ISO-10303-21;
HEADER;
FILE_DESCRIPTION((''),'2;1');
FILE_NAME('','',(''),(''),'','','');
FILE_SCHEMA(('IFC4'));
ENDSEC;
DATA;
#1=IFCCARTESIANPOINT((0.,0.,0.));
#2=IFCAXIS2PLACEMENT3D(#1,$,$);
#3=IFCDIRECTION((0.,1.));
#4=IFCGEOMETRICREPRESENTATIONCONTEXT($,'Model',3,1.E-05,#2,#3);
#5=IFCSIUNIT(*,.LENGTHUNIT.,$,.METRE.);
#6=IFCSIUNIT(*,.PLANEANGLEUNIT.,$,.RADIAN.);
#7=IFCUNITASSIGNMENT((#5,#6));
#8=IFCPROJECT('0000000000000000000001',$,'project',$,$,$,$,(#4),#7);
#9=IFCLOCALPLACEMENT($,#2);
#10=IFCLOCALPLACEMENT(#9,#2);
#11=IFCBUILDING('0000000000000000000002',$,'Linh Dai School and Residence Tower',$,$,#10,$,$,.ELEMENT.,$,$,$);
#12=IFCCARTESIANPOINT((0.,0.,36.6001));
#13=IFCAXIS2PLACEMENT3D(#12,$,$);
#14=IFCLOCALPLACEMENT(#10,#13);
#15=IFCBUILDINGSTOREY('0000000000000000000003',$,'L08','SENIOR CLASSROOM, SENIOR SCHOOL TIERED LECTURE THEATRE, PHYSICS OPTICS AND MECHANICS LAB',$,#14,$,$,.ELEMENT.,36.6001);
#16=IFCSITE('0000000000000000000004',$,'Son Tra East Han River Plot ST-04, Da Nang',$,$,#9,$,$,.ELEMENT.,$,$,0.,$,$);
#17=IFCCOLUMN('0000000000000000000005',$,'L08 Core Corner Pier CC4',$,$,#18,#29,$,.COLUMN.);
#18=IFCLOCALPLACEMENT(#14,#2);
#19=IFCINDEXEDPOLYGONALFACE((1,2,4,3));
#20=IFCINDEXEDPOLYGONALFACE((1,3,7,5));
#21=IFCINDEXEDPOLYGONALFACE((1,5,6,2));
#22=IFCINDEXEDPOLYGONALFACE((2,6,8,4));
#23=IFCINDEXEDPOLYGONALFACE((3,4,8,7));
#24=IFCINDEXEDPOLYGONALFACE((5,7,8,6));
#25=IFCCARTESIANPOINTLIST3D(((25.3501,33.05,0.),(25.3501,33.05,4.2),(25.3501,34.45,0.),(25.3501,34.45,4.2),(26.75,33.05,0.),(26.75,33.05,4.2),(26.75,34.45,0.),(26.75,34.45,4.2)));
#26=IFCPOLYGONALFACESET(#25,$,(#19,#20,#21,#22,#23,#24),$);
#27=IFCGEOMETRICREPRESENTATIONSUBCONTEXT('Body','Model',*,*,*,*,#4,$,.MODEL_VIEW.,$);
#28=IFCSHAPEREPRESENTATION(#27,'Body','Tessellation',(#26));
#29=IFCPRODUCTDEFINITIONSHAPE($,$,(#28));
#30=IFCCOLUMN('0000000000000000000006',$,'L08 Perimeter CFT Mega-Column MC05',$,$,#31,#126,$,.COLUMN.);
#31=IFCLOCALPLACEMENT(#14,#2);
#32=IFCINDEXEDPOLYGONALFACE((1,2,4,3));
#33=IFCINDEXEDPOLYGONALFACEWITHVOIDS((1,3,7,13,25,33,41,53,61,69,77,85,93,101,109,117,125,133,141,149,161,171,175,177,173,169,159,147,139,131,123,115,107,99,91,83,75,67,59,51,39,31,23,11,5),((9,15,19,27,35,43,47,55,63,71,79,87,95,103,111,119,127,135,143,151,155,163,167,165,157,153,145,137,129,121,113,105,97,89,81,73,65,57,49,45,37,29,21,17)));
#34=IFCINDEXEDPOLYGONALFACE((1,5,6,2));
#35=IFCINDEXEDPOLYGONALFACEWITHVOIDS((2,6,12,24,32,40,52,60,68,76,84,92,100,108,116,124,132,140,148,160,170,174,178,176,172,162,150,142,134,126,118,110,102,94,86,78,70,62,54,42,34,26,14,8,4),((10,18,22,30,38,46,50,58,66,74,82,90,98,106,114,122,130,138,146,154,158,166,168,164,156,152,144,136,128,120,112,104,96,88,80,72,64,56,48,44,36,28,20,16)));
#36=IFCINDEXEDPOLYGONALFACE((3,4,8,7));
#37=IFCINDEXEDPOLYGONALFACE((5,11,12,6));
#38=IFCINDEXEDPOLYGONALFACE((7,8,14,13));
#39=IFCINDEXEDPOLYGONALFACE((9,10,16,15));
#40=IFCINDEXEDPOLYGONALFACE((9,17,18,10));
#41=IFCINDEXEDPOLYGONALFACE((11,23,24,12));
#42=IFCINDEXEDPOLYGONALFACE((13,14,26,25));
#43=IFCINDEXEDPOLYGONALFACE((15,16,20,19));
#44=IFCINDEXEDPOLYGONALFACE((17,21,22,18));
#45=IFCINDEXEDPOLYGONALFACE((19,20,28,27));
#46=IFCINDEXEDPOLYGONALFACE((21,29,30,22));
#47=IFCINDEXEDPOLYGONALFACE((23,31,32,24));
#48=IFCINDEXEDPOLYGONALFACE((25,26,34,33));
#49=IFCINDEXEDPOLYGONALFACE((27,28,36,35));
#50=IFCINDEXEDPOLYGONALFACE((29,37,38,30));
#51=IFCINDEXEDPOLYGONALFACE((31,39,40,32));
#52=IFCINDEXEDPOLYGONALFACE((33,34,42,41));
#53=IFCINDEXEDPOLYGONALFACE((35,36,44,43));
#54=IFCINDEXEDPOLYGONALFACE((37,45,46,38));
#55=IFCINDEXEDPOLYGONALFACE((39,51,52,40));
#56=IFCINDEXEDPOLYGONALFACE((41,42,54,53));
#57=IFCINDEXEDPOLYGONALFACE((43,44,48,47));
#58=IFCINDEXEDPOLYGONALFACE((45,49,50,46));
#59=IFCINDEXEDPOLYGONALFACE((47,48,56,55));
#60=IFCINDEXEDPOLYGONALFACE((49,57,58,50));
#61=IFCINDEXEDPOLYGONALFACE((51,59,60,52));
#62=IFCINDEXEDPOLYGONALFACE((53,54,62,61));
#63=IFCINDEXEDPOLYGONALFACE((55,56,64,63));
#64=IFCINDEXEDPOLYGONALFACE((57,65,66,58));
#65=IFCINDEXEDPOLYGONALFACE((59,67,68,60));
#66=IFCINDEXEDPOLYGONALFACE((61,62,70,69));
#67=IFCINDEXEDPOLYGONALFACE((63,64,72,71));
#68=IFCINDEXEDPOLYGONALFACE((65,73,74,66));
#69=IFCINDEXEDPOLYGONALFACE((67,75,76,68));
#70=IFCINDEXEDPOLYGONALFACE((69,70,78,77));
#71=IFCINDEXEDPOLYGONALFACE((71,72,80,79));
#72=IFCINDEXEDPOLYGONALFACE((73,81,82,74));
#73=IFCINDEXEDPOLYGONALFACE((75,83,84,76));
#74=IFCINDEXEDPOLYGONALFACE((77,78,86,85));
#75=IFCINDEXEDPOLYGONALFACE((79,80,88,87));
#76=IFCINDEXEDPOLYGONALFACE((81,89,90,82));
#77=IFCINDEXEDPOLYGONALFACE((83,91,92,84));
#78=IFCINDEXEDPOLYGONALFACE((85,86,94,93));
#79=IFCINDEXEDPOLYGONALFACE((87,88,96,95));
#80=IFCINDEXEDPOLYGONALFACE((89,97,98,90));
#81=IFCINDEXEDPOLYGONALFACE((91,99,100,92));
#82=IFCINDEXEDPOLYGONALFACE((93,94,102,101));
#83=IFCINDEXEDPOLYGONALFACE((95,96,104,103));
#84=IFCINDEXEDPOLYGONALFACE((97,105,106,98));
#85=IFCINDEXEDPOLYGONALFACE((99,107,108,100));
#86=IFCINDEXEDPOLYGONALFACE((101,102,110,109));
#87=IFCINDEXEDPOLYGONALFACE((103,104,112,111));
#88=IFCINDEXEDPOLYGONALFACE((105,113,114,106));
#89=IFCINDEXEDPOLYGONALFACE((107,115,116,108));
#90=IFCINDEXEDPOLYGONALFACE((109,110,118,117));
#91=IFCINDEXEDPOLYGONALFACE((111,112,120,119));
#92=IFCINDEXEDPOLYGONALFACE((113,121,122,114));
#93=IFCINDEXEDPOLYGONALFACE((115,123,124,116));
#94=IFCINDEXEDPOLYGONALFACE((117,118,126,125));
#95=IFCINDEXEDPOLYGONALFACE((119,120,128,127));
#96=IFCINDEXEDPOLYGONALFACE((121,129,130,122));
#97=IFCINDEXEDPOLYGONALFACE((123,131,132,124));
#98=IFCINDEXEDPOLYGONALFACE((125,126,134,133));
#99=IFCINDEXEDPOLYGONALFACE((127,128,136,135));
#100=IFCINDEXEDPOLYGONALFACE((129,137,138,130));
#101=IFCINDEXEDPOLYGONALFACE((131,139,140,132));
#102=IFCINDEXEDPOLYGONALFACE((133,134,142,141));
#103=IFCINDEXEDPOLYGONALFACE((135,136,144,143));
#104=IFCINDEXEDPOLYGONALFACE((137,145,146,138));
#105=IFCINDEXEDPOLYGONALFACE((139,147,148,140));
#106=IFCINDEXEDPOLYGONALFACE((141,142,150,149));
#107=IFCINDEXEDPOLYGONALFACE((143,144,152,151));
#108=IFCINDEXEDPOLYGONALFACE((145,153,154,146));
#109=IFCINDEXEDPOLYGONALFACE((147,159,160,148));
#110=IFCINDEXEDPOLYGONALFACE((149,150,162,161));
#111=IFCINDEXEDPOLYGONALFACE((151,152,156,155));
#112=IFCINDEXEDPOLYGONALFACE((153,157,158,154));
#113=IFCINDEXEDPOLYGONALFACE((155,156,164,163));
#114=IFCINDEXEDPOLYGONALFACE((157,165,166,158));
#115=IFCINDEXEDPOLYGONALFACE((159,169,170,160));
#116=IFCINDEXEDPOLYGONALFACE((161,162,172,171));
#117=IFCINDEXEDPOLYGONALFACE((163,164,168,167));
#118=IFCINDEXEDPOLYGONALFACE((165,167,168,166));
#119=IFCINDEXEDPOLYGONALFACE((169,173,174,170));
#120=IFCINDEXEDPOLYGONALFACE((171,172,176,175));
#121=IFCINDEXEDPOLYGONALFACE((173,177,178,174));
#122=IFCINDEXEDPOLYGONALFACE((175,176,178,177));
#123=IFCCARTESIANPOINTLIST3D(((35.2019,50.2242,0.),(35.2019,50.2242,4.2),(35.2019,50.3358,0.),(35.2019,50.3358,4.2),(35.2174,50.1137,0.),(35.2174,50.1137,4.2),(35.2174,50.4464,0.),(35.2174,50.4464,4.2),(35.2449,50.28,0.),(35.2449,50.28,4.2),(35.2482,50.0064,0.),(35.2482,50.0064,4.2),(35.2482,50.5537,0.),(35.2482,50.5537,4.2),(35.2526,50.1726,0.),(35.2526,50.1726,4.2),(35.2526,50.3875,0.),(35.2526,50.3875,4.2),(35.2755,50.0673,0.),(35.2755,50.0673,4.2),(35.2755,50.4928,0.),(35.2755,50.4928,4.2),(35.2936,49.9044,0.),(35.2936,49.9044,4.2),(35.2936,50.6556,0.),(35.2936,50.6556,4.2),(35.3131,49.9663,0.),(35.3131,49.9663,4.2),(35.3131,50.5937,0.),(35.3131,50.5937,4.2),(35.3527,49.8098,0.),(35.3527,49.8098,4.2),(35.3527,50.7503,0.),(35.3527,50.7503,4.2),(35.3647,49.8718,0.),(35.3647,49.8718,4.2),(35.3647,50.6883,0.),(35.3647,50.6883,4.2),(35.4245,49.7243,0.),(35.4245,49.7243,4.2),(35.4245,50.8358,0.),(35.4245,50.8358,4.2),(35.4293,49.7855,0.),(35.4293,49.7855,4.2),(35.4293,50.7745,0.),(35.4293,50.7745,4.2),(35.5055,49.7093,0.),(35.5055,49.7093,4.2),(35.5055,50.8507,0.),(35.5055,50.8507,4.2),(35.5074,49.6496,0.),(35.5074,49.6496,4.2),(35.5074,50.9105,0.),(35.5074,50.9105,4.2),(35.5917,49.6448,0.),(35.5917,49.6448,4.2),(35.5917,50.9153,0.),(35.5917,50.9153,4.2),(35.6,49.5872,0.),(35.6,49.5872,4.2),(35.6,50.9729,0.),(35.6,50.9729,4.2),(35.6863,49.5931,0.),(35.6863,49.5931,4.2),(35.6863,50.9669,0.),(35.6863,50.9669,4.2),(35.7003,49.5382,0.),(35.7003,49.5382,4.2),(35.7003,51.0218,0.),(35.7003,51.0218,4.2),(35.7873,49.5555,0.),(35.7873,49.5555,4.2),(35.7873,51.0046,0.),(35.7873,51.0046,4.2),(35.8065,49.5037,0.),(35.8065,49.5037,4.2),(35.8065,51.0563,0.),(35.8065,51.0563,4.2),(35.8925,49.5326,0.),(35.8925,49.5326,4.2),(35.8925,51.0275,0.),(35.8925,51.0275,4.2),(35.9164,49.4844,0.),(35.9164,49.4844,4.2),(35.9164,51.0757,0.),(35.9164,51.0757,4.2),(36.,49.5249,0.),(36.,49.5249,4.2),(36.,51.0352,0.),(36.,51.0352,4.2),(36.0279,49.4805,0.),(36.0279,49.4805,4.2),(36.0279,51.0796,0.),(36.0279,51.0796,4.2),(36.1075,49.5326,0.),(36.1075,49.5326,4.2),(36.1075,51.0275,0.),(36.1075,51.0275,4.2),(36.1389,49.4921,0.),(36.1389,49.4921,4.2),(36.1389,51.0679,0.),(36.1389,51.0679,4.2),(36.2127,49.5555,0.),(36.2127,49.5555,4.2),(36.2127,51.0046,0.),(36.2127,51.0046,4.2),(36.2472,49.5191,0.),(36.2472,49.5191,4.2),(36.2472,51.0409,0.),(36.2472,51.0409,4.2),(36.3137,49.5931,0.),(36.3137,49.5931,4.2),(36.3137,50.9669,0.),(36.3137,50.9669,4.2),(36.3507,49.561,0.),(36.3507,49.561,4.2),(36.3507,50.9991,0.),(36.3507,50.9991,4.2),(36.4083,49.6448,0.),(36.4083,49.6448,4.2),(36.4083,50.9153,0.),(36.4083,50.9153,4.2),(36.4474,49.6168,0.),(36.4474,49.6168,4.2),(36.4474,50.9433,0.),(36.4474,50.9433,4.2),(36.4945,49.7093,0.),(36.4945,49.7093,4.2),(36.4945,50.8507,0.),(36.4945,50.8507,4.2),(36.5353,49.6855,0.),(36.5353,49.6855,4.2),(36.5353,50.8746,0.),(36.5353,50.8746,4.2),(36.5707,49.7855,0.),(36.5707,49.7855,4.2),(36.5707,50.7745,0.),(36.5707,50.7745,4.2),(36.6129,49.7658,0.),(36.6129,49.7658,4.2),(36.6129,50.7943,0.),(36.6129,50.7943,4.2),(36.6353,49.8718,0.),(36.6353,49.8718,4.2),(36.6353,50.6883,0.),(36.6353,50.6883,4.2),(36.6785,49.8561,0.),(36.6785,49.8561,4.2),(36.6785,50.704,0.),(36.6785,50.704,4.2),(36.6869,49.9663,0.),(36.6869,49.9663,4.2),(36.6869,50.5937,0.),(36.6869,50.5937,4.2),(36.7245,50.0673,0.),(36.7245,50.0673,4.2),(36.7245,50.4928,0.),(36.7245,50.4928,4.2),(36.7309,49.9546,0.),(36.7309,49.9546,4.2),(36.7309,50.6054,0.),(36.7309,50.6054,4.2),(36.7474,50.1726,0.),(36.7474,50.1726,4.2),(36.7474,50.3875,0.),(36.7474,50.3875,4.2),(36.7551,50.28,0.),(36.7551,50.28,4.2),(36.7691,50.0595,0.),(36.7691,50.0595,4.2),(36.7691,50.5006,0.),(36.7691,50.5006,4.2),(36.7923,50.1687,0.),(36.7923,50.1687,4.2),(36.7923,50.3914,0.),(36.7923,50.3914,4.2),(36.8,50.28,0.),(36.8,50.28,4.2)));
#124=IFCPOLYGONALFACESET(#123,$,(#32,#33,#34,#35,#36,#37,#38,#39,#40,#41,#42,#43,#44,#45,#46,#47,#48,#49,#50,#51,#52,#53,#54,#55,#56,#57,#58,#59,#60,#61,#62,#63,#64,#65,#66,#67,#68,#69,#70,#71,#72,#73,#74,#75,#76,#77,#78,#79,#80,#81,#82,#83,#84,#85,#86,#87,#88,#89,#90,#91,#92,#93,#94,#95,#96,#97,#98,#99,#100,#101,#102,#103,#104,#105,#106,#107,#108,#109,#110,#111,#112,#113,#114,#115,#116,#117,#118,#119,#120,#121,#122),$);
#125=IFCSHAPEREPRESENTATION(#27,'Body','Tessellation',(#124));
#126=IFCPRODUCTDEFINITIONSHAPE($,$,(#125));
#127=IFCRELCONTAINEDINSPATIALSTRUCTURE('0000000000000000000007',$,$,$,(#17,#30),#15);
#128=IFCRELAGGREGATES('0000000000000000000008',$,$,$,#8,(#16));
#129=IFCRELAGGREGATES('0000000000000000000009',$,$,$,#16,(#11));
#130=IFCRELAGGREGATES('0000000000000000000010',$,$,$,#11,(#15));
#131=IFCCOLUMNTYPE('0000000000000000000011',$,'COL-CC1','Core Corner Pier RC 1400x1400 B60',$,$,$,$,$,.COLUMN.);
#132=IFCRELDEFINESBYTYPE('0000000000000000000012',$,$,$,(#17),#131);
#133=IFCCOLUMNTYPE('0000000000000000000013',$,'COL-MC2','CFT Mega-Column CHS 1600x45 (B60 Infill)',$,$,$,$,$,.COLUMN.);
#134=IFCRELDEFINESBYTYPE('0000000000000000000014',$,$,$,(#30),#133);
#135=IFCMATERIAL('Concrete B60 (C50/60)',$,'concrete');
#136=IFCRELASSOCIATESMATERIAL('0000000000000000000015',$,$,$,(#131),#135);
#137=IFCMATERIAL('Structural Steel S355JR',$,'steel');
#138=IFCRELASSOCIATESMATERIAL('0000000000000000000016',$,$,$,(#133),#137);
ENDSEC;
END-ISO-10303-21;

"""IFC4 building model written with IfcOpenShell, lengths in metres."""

from ifc_helpers import new_model, si_unit, direction, frame, origin, origin_2d, place, context, subcontext, project, spatial, rectangle, hollow_circle, extrude, material, material_profile, profile_set, type_object, element, save


model = new_model("IFC4")

# Units and contexts
model_context = context("Model", 3, precision=1e-05, world=origin(), true_north=direction((0.0, 1.0)))
body_context = subcontext(model_context, "Body", "Model", "MODEL_VIEW")
ifc_project = project(units=[si_unit("LENGTHUNIT", "METRE"), si_unit("PLANEANGLEUNIT", "RADIAN")], contexts=[model_context])

# Site, building, storey
site_placement = place(None, origin())
site = spatial("IfcSite", under=ifc_project, at=site_placement, Name="Son Tra East Han River Plot ST-04, Da Nang", CompositionType="ELEMENT", RefElevation=0.0)
building_placement = place(site_placement, origin())
building = spatial("IfcBuilding", under=site, at=building_placement, Name="Linh Dai School and Residence Tower", CompositionType="ELEMENT")
storey_placement = place(building_placement, frame((0.0, 0.0, 36.6001)))
storey = spatial("IfcBuildingStorey", under=building, at=storey_placement, Name="L08", Description="SENIOR CLASSROOM, SENIOR SCHOOL TIERED LECTURE THEATRE, PHYSICS OPTICS AND MECHANICS LAB", CompositionType="ELEMENT", Elevation=36.6001)

# Columns
ifc_material_1 = material(Name="Concrete B60 (C50/60)", Category="concrete")
ifc_material_profile_1 = material_profile(ifc_material_1, rectangle(XDim=1.3999, YDim=1.3999, at=origin_2d()), Name="RC 1400x1400")
ifc_profile_set_1 = profile_set([ifc_material_profile_1], Name="Concrete B60 (C50/60)")
column_type_1 = type_object("IfcColumnType", Name="COL-CC1", Description="Core Corner Pier RC 1400x1400 B60", PredefinedType="COLUMN", material=ifc_profile_set_1)
column_placement = place(storey_placement, frame((26.05, 33.75, 0.0), z_axis=(0.0, 0.0, 1.0), x_axis=(1.0, 0.0, 0.0)))
element("IfcColumn", 1, at=column_placement, inside=storey, type_object=column_type_1, Name="L08 Core Corner Pier CC4", PredefinedType="COLUMN", context=body_context, shape_type="SweptSolid", body=[
    extrude(rectangle(XDim=1.3999, YDim=1.3999, at=origin_2d()), origin(), (0.0, 0.0, 1.0), 4.2),
])
ifc_material_2 = material(Name="Structural Steel S355JR", Category="steel")
ifc_material_profile_2 = material_profile(ifc_material_2, hollow_circle(Radius=0.8, WallThickness=0.0449, at=origin_2d()), Name="CHS 1600x45")
ifc_profile_set_2 = profile_set([ifc_material_profile_2], Name="Structural Steel S355JR")
column_type_2 = type_object("IfcColumnType", Name="COL-MC2", Description="CFT Mega-Column CHS 1600x45 (B60 Infill)", PredefinedType="COLUMN", material=ifc_profile_set_2)
for number, where, z_axis, x_axis, name in (
    (2, (36.0, 50.28, 0.0), (0.0, 0.0, 1.0), (1.0, 0.0, 0.0), "L08 Perimeter CFT Mega-Column MC05"),
):
    element("IfcColumn", number, at=place(storey_placement, frame(where, z_axis=z_axis, x_axis=x_axis)), inside=storey, type_object=column_type_2, Name=name, PredefinedType="COLUMN", context=body_context, shape_type="SweptSolid", body=[
        extrude(hollow_circle(Radius=0.8, WallThickness=0.0449, at=origin_2d()), origin(), (0.0, 0.0, 1.0), 4.2),
    ])

save(model, "model.ifc")
